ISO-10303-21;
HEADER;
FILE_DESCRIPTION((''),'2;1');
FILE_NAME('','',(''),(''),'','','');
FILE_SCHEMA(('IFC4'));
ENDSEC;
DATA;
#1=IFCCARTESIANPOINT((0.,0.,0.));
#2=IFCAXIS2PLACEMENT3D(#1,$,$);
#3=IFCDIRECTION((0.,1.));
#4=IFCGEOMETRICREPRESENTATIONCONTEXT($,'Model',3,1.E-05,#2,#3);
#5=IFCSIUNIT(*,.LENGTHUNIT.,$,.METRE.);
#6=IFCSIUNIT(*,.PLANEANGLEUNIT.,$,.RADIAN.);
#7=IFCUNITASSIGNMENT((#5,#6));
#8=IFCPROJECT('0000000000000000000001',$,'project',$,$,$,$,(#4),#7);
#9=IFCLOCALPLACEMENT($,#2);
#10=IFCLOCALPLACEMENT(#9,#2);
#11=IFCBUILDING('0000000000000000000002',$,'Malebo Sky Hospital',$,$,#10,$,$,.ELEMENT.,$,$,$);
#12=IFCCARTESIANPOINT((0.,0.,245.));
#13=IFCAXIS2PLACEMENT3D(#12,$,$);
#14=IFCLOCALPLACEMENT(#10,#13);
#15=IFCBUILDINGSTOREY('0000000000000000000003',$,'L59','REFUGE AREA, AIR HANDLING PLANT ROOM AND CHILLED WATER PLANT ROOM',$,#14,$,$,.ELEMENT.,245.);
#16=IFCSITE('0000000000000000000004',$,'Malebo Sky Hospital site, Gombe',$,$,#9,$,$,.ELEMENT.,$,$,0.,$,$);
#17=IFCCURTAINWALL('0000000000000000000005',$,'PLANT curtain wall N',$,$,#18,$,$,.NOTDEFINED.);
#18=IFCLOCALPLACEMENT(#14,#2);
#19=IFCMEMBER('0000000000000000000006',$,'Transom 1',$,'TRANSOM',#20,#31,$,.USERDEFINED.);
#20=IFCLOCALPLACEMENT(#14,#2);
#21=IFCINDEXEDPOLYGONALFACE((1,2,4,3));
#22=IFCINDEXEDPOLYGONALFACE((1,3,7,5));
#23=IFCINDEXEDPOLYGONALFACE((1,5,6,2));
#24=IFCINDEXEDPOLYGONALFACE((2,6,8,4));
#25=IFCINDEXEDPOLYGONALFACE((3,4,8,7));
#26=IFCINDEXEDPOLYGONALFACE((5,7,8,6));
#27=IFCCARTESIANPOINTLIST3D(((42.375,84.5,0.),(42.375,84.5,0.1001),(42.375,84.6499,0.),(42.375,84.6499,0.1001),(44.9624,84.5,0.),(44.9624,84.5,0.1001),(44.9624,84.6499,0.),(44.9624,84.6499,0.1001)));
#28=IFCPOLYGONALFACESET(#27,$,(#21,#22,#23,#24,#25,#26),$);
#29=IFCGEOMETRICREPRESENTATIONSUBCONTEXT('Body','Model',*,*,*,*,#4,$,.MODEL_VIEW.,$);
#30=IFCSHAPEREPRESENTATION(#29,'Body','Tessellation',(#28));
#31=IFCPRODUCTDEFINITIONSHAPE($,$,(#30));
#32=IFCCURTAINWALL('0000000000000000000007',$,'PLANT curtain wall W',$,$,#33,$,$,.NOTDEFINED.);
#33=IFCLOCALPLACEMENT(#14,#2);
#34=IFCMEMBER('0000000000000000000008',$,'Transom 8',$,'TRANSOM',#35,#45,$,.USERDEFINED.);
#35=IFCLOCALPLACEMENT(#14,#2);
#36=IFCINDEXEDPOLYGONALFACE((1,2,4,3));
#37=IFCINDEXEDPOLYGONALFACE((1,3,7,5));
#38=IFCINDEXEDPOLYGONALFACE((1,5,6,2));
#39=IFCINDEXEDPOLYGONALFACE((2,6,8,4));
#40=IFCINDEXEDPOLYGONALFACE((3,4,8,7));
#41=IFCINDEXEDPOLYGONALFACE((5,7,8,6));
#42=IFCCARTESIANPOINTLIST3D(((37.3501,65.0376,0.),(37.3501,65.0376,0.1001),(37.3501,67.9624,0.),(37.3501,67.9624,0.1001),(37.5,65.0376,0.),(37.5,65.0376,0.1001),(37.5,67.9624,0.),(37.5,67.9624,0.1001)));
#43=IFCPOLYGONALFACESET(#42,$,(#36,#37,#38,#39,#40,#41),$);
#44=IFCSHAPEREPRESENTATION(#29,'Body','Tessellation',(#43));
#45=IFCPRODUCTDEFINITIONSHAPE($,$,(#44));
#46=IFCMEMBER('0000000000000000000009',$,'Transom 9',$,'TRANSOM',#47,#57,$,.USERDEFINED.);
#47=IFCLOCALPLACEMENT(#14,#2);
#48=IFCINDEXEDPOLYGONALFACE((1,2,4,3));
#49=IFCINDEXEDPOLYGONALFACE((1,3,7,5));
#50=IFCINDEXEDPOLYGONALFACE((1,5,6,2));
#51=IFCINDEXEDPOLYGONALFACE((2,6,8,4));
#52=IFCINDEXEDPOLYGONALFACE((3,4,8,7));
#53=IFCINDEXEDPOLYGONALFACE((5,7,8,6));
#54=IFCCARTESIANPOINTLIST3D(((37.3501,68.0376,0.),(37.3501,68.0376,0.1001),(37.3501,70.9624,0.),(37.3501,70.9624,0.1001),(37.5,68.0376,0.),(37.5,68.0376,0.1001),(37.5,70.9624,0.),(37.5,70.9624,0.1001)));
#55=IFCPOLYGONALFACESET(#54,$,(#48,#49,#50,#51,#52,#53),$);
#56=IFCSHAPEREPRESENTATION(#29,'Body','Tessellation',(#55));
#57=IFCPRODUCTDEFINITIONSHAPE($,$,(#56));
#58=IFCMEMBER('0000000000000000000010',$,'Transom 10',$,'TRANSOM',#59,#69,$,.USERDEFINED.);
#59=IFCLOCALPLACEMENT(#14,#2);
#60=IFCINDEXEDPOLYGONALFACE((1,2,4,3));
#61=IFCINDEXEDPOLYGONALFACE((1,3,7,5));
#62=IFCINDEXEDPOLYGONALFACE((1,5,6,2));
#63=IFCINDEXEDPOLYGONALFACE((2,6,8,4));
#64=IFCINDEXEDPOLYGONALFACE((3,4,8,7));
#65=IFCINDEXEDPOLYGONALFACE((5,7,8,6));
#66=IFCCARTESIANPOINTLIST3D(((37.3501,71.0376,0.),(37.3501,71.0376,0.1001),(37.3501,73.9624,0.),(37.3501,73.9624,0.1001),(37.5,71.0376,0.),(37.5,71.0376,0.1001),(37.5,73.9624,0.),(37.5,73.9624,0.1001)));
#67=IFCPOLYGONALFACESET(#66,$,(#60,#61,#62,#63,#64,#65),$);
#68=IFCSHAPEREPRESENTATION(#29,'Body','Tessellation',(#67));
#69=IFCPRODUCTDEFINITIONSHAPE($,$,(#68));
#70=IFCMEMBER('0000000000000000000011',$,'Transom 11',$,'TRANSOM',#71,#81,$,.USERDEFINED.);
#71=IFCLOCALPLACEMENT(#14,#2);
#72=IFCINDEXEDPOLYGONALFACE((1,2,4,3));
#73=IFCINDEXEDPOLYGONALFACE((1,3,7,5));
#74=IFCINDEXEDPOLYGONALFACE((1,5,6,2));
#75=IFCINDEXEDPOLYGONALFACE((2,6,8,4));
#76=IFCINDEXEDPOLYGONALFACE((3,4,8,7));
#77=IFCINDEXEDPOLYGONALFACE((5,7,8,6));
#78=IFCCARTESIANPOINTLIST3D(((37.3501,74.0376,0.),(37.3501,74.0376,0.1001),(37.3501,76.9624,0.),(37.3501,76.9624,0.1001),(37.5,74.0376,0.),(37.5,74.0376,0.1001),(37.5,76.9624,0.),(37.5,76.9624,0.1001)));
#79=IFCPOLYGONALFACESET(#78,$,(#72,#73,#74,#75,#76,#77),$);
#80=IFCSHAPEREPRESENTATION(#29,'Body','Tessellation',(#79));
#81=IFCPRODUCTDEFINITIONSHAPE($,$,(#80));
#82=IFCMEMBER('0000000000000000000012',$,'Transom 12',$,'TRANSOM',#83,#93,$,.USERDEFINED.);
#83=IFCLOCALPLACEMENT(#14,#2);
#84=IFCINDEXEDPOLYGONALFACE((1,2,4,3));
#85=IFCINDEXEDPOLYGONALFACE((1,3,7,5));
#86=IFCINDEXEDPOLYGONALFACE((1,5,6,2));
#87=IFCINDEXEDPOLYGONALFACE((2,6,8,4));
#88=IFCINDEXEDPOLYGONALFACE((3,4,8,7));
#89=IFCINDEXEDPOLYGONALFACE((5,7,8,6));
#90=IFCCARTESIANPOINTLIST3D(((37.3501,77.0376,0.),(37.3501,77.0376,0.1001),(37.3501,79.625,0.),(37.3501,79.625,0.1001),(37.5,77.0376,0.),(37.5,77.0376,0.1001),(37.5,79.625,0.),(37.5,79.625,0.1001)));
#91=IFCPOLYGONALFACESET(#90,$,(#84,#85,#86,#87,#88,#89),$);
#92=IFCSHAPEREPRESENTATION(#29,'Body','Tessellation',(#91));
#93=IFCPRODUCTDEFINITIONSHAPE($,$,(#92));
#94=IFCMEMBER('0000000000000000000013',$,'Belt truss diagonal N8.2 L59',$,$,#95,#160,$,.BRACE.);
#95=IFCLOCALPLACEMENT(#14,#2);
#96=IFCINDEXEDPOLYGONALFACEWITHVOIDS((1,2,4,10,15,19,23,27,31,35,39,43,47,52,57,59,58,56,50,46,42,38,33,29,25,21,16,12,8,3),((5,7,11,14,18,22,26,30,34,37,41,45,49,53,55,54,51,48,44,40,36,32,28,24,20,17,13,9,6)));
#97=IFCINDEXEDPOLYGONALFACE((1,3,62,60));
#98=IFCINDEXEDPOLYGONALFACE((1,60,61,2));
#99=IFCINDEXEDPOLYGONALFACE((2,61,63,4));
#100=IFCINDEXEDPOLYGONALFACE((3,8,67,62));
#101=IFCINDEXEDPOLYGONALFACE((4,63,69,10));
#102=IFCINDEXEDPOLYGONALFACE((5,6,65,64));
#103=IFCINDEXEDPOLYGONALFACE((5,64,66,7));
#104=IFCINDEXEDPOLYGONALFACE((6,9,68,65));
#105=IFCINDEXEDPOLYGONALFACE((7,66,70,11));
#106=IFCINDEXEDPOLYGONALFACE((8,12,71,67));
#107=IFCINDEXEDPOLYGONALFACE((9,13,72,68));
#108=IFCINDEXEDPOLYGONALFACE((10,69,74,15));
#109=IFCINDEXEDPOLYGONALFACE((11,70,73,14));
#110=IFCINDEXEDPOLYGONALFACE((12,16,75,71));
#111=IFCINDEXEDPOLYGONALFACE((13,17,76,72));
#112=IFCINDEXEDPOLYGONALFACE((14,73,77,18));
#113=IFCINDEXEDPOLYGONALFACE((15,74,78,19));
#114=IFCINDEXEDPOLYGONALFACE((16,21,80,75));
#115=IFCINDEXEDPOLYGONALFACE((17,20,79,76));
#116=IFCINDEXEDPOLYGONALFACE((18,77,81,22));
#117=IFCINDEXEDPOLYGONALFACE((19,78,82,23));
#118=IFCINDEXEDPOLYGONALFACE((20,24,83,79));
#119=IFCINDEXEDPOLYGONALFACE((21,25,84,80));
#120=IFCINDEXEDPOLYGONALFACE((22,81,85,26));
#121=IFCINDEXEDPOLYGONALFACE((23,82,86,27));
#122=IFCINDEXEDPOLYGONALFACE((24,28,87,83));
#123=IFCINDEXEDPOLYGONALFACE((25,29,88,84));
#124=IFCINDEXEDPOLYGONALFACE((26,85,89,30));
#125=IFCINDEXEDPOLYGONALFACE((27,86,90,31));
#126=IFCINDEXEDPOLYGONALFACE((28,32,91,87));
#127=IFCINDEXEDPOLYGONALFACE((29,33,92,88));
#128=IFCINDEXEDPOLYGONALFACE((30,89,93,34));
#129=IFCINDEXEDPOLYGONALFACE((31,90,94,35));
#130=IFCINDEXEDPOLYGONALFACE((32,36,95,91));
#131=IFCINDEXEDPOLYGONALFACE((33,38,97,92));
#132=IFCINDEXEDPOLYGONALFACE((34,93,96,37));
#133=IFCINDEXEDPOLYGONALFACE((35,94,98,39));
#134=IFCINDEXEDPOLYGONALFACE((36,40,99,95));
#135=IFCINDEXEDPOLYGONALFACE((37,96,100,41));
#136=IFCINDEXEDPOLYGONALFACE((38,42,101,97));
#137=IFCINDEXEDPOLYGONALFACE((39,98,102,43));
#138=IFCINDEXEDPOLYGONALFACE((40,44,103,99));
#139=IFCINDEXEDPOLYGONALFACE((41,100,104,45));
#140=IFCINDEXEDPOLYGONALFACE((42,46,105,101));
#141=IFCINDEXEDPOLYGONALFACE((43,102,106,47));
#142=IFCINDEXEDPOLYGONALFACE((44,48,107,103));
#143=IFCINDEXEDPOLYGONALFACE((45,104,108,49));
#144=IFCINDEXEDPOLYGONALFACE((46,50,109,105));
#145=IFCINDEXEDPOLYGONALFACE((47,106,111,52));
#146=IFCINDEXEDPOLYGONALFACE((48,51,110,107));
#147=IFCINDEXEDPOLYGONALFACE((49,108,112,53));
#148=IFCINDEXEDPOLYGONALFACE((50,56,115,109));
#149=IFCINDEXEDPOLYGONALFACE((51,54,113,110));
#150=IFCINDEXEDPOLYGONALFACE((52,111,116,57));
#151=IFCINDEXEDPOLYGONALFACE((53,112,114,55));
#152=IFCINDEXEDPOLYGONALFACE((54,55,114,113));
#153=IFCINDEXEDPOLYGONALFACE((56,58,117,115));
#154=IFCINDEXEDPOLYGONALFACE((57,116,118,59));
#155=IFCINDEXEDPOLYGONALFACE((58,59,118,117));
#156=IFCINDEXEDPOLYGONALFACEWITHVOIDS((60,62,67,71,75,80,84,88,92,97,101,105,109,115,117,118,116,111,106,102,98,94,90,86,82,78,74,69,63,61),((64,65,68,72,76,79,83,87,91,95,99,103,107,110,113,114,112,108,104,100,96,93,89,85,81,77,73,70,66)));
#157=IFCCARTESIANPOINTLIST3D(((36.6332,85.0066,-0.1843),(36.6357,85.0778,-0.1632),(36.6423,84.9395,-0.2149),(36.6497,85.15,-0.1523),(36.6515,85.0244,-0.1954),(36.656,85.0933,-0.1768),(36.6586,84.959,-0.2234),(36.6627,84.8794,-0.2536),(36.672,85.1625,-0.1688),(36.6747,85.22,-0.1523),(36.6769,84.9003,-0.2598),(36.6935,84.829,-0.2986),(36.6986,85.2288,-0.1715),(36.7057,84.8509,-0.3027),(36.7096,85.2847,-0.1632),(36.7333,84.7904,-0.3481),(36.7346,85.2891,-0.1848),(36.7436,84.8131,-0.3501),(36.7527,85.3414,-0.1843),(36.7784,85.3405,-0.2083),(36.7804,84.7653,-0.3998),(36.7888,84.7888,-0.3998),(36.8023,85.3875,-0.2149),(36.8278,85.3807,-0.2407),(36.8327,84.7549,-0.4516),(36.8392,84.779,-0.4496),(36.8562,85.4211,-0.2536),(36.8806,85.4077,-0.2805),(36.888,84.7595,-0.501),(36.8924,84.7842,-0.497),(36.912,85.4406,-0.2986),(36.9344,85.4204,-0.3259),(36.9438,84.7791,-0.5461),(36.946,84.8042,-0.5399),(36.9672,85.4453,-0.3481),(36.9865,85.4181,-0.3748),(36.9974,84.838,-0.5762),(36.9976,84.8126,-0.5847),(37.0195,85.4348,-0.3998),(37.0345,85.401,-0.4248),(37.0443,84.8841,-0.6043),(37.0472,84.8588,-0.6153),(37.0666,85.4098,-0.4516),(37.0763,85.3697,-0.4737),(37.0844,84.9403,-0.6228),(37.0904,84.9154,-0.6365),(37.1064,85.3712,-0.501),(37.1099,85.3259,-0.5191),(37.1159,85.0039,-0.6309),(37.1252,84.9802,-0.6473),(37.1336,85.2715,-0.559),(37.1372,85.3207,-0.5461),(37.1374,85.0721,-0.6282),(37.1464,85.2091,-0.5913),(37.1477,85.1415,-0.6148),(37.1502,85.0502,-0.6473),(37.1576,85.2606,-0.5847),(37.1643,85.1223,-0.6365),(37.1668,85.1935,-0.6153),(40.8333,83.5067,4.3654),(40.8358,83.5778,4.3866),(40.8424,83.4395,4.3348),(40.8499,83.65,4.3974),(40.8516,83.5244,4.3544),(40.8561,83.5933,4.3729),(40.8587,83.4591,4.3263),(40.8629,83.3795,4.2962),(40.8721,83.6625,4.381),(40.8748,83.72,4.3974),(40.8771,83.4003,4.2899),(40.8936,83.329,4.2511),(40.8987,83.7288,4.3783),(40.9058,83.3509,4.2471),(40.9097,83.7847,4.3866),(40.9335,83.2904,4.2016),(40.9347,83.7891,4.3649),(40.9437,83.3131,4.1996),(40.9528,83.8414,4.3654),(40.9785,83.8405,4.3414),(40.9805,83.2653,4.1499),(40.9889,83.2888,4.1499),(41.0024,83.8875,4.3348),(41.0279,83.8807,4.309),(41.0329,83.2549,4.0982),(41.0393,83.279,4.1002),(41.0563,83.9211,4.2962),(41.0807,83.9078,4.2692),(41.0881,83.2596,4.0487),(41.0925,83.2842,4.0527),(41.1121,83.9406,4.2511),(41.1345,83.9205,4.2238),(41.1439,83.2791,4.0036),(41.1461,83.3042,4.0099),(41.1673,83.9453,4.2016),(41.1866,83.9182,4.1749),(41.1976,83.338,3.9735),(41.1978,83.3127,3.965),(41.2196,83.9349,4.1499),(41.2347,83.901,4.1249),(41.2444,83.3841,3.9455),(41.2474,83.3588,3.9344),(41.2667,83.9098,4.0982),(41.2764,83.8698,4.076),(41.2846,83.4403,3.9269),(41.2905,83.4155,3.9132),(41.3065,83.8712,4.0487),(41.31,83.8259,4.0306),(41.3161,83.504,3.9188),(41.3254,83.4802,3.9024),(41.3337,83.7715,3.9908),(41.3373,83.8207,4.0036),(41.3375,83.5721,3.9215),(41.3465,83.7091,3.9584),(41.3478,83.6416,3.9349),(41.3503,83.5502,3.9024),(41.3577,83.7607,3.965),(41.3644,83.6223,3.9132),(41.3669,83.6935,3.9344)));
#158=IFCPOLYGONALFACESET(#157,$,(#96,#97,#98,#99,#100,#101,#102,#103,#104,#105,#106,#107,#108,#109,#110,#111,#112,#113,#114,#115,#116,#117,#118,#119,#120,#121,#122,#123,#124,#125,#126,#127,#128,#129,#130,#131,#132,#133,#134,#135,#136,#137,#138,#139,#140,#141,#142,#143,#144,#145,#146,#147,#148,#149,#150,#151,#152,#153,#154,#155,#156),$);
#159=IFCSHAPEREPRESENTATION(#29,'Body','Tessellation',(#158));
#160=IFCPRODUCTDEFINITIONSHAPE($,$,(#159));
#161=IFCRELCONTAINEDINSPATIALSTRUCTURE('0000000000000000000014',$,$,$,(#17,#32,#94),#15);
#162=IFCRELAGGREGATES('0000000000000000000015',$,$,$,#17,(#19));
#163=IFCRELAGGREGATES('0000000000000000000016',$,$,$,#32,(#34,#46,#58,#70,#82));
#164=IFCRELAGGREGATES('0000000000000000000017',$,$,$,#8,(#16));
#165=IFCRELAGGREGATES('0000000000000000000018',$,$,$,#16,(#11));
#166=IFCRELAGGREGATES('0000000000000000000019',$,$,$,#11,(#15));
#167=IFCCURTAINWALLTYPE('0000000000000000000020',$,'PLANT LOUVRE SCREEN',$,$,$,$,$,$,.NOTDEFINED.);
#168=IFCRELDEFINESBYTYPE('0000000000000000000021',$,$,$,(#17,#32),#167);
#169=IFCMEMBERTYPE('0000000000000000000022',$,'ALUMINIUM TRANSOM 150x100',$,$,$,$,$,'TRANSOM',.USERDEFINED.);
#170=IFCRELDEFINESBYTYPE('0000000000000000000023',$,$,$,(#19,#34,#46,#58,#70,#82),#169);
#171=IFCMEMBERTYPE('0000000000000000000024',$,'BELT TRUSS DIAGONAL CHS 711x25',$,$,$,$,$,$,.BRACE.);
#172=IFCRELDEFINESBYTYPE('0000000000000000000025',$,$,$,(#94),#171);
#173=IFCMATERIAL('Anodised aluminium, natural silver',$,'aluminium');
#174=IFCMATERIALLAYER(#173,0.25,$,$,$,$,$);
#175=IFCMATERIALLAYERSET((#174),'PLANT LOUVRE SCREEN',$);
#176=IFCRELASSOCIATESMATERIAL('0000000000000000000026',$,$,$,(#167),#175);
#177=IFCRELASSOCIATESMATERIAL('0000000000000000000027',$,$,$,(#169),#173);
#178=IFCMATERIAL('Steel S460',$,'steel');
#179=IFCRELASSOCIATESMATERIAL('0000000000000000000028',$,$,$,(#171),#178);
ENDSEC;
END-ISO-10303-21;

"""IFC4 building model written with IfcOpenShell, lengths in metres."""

from ifc_helpers import new_model, si_unit, direction, frame, origin, origin_2d, place, context, subcontext, project, spatial, rectangle, hollow_circle, extrude, material, layer, layer_set, material_profile, profile_set, type_object, element, aggregate, save


model = new_model("IFC4")

# Units and contexts
model_context = context("Model", 3, precision=1e-05, world=origin(), true_north=direction((0.0, 1.0)))
body_context = subcontext(model_context, "Body", "Model", "MODEL_VIEW")
ifc_project = project(units=[si_unit("LENGTHUNIT", "METRE"), si_unit("PLANEANGLEUNIT", "RADIAN")], contexts=[model_context])

# Site, building, storey
site_placement = place(None, origin())
site = spatial("IfcSite", under=ifc_project, at=site_placement, Name="Malebo Sky Hospital site, Gombe", CompositionType="ELEMENT", RefElevation=0.0)
building_placement = place(site_placement, origin())
building = spatial("IfcBuilding", under=site, at=building_placement, Name="Malebo Sky Hospital", CompositionType="ELEMENT")
storey_placement = place(building_placement, frame((0.0, 0.0, 245.0)))
storey = spatial("IfcBuildingStorey", under=building, at=storey_placement, Name="L59", Description="REFUGE AREA, AIR HANDLING PLANT ROOM AND CHILLED WATER PLANT ROOM", CompositionType="ELEMENT", Elevation=245.0)

# Curtain wall, member
ifc_material_1 = material(Name="Anodised aluminium, natural silver", Category="aluminium")
ifc_layer_1 = layer(ifc_material_1, 0.25)
ifc_layer_set_1 = layer_set([ifc_layer_1], Name="PLANT LOUVRE SCREEN")
curtain_wall_type = type_object("IfcCurtainWallType", Name="PLANT LOUVRE SCREEN", PredefinedType="NOTDEFINED", material=ifc_layer_set_1)
curtain_wall_1_placement = place(storey_placement, origin())
curtain_wall_1 = element("IfcCurtainWall", 1, at=curtain_wall_1_placement, inside=storey, type_object=curtain_wall_type, Name="PLANT curtain wall N", PredefinedType="NOTDEFINED")
ifc_material_profile_1 = material_profile(ifc_material_1, rectangle(XDim=0.1499, YDim=0.1001, at=origin_2d()), Name="ALUMINIUM TRANSOM 150x100")
ifc_profile_set_1 = profile_set([ifc_material_profile_1], Name="Anodised aluminium, natural silver")
member_type_1 = type_object("IfcMemberType", Name="ALUMINIUM TRANSOM 150x100", ElementType="TRANSOM", PredefinedType="USERDEFINED", material=ifc_profile_set_1)
member_1_placement = place(storey_placement, frame((42.375, 84.575, 0.05), z_axis=(1.0, 0.0, 0.0), x_axis=(0.0, 1.0, 0.0)))
member_1 = element("IfcMember", 2, at=member_1_placement, type_object=member_type_1, Name="Transom 1", ObjectType="TRANSOM", PredefinedType="USERDEFINED", context=body_context, shape_type="SweptSolid", body=[
    extrude(rectangle(XDim=0.1499, YDim=0.1001, at=origin_2d()), origin(), (0.0, 0.0, 1.0), 2.5874),
])

# Curtain wall, members
curtain_wall_2_placement = place(storey_placement, origin())
curtain_wall_2 = element("IfcCurtainWall", 3, at=curtain_wall_2_placement, inside=storey, type_object=curtain_wall_type, Name="PLANT curtain wall W", PredefinedType="NOTDEFINED")
member_2_placement = place(storey_placement, frame((37.425, 65.0376, 0.05), z_axis=(0.0, 1.0, 0.0), x_axis=(-1.0, 0.0, 0.0)))
member_2 = element("IfcMember", 4, at=member_2_placement, type_object=member_type_1, Name="Transom 8", ObjectType="TRANSOM", PredefinedType="USERDEFINED", context=body_context, shape_type="SweptSolid", body=[
    extrude(rectangle(XDim=0.1499, YDim=0.1001, at=origin_2d()), origin(), (0.0, 0.0, 1.0), 2.9248),
])
member_3_placement = place(storey_placement, frame((37.425, 68.0376, 0.05), z_axis=(0.0, 1.0, 0.0), x_axis=(-1.0, 0.0, 0.0)))
member_3 = element("IfcMember", 5, at=member_3_placement, type_object=member_type_1, Name="Transom 9", ObjectType="TRANSOM", PredefinedType="USERDEFINED", context=body_context, shape_type="SweptSolid", body=[
    extrude(rectangle(XDim=0.1499, YDim=0.1001, at=origin_2d()), origin(), (0.0, 0.0, 1.0), 2.9248),
])
member_4_placement = place(storey_placement, frame((37.425, 71.0376, 0.05), z_axis=(0.0, 1.0, 0.0), x_axis=(-1.0, 0.0, 0.0)))
member_4 = element("IfcMember", 6, at=member_4_placement, type_object=member_type_1, Name="Transom 10", ObjectType="TRANSOM", PredefinedType="USERDEFINED", context=body_context, shape_type="SweptSolid", body=[
    extrude(rectangle(XDim=0.1499, YDim=0.1001, at=origin_2d()), origin(), (0.0, 0.0, 1.0), 2.9248),
])
member_5_placement = place(storey_placement, frame((37.425, 74.0376, 0.05), z_axis=(0.0, 1.0, 0.0), x_axis=(-1.0, 0.0, 0.0)))
member_5 = element("IfcMember", 7, at=member_5_placement, type_object=member_type_1, Name="Transom 11", ObjectType="TRANSOM", PredefinedType="USERDEFINED", context=body_context, shape_type="SweptSolid", body=[
    extrude(rectangle(XDim=0.1499, YDim=0.1001, at=origin_2d()), origin(), (0.0, 0.0, 1.0), 2.9248),
])
member_6_placement = place(storey_placement, frame((37.425, 77.0376, 0.05), z_axis=(0.0, 1.0, 0.0), x_axis=(-1.0, 0.0, 0.0)))
member_6 = element("IfcMember", 8, at=member_6_placement, type_object=member_type_1, Name="Transom 12", ObjectType="TRANSOM", PredefinedType="USERDEFINED", context=body_context, shape_type="SweptSolid", body=[
    extrude(rectangle(XDim=0.1499, YDim=0.1001, at=origin_2d()), origin(), (0.0, 0.0, 1.0), 2.5874),
])

# Member
ifc_material_2 = material(Name="Steel S460", Category="steel")
ifc_material_profile_2 = material_profile(ifc_material_2, hollow_circle(Radius=0.3555, WallThickness=0.0249, at=origin_2d()), Name="CHS 711x25")
ifc_profile_set_2 = profile_set([ifc_material_profile_2], Name="Steel S460")
member_type_2 = type_object("IfcMemberType", Name="BELT TRUSS DIAGONAL CHS 711x25", PredefinedType="BRACE", material=ifc_profile_set_2)
member_7_placement = place(storey_placement, frame((41.1001, 83.6001, 4.1499), z_axis=(-0.659246, 0.235434, -0.714119), x_axis=(-0.336323, -0.941747, 0.0)))
element("IfcMember", 9, at=member_7_placement, inside=storey, type_object=member_type_2, Name="Belt truss diagonal N8.2 L59", PredefinedType="BRACE", context=body_context, shape_type="SweptSolid", body=[
    extrude(hollow_circle(Radius=0.3555, WallThickness=0.0249, at=origin_2d()), origin(), (0.0, 0.0, 1.0), 6.3711),
])

aggregate(curtain_wall_1, [member_1])
aggregate(curtain_wall_2, [member_2, member_3, member_4, member_5, member_6])

save(model, "model.ifc")
